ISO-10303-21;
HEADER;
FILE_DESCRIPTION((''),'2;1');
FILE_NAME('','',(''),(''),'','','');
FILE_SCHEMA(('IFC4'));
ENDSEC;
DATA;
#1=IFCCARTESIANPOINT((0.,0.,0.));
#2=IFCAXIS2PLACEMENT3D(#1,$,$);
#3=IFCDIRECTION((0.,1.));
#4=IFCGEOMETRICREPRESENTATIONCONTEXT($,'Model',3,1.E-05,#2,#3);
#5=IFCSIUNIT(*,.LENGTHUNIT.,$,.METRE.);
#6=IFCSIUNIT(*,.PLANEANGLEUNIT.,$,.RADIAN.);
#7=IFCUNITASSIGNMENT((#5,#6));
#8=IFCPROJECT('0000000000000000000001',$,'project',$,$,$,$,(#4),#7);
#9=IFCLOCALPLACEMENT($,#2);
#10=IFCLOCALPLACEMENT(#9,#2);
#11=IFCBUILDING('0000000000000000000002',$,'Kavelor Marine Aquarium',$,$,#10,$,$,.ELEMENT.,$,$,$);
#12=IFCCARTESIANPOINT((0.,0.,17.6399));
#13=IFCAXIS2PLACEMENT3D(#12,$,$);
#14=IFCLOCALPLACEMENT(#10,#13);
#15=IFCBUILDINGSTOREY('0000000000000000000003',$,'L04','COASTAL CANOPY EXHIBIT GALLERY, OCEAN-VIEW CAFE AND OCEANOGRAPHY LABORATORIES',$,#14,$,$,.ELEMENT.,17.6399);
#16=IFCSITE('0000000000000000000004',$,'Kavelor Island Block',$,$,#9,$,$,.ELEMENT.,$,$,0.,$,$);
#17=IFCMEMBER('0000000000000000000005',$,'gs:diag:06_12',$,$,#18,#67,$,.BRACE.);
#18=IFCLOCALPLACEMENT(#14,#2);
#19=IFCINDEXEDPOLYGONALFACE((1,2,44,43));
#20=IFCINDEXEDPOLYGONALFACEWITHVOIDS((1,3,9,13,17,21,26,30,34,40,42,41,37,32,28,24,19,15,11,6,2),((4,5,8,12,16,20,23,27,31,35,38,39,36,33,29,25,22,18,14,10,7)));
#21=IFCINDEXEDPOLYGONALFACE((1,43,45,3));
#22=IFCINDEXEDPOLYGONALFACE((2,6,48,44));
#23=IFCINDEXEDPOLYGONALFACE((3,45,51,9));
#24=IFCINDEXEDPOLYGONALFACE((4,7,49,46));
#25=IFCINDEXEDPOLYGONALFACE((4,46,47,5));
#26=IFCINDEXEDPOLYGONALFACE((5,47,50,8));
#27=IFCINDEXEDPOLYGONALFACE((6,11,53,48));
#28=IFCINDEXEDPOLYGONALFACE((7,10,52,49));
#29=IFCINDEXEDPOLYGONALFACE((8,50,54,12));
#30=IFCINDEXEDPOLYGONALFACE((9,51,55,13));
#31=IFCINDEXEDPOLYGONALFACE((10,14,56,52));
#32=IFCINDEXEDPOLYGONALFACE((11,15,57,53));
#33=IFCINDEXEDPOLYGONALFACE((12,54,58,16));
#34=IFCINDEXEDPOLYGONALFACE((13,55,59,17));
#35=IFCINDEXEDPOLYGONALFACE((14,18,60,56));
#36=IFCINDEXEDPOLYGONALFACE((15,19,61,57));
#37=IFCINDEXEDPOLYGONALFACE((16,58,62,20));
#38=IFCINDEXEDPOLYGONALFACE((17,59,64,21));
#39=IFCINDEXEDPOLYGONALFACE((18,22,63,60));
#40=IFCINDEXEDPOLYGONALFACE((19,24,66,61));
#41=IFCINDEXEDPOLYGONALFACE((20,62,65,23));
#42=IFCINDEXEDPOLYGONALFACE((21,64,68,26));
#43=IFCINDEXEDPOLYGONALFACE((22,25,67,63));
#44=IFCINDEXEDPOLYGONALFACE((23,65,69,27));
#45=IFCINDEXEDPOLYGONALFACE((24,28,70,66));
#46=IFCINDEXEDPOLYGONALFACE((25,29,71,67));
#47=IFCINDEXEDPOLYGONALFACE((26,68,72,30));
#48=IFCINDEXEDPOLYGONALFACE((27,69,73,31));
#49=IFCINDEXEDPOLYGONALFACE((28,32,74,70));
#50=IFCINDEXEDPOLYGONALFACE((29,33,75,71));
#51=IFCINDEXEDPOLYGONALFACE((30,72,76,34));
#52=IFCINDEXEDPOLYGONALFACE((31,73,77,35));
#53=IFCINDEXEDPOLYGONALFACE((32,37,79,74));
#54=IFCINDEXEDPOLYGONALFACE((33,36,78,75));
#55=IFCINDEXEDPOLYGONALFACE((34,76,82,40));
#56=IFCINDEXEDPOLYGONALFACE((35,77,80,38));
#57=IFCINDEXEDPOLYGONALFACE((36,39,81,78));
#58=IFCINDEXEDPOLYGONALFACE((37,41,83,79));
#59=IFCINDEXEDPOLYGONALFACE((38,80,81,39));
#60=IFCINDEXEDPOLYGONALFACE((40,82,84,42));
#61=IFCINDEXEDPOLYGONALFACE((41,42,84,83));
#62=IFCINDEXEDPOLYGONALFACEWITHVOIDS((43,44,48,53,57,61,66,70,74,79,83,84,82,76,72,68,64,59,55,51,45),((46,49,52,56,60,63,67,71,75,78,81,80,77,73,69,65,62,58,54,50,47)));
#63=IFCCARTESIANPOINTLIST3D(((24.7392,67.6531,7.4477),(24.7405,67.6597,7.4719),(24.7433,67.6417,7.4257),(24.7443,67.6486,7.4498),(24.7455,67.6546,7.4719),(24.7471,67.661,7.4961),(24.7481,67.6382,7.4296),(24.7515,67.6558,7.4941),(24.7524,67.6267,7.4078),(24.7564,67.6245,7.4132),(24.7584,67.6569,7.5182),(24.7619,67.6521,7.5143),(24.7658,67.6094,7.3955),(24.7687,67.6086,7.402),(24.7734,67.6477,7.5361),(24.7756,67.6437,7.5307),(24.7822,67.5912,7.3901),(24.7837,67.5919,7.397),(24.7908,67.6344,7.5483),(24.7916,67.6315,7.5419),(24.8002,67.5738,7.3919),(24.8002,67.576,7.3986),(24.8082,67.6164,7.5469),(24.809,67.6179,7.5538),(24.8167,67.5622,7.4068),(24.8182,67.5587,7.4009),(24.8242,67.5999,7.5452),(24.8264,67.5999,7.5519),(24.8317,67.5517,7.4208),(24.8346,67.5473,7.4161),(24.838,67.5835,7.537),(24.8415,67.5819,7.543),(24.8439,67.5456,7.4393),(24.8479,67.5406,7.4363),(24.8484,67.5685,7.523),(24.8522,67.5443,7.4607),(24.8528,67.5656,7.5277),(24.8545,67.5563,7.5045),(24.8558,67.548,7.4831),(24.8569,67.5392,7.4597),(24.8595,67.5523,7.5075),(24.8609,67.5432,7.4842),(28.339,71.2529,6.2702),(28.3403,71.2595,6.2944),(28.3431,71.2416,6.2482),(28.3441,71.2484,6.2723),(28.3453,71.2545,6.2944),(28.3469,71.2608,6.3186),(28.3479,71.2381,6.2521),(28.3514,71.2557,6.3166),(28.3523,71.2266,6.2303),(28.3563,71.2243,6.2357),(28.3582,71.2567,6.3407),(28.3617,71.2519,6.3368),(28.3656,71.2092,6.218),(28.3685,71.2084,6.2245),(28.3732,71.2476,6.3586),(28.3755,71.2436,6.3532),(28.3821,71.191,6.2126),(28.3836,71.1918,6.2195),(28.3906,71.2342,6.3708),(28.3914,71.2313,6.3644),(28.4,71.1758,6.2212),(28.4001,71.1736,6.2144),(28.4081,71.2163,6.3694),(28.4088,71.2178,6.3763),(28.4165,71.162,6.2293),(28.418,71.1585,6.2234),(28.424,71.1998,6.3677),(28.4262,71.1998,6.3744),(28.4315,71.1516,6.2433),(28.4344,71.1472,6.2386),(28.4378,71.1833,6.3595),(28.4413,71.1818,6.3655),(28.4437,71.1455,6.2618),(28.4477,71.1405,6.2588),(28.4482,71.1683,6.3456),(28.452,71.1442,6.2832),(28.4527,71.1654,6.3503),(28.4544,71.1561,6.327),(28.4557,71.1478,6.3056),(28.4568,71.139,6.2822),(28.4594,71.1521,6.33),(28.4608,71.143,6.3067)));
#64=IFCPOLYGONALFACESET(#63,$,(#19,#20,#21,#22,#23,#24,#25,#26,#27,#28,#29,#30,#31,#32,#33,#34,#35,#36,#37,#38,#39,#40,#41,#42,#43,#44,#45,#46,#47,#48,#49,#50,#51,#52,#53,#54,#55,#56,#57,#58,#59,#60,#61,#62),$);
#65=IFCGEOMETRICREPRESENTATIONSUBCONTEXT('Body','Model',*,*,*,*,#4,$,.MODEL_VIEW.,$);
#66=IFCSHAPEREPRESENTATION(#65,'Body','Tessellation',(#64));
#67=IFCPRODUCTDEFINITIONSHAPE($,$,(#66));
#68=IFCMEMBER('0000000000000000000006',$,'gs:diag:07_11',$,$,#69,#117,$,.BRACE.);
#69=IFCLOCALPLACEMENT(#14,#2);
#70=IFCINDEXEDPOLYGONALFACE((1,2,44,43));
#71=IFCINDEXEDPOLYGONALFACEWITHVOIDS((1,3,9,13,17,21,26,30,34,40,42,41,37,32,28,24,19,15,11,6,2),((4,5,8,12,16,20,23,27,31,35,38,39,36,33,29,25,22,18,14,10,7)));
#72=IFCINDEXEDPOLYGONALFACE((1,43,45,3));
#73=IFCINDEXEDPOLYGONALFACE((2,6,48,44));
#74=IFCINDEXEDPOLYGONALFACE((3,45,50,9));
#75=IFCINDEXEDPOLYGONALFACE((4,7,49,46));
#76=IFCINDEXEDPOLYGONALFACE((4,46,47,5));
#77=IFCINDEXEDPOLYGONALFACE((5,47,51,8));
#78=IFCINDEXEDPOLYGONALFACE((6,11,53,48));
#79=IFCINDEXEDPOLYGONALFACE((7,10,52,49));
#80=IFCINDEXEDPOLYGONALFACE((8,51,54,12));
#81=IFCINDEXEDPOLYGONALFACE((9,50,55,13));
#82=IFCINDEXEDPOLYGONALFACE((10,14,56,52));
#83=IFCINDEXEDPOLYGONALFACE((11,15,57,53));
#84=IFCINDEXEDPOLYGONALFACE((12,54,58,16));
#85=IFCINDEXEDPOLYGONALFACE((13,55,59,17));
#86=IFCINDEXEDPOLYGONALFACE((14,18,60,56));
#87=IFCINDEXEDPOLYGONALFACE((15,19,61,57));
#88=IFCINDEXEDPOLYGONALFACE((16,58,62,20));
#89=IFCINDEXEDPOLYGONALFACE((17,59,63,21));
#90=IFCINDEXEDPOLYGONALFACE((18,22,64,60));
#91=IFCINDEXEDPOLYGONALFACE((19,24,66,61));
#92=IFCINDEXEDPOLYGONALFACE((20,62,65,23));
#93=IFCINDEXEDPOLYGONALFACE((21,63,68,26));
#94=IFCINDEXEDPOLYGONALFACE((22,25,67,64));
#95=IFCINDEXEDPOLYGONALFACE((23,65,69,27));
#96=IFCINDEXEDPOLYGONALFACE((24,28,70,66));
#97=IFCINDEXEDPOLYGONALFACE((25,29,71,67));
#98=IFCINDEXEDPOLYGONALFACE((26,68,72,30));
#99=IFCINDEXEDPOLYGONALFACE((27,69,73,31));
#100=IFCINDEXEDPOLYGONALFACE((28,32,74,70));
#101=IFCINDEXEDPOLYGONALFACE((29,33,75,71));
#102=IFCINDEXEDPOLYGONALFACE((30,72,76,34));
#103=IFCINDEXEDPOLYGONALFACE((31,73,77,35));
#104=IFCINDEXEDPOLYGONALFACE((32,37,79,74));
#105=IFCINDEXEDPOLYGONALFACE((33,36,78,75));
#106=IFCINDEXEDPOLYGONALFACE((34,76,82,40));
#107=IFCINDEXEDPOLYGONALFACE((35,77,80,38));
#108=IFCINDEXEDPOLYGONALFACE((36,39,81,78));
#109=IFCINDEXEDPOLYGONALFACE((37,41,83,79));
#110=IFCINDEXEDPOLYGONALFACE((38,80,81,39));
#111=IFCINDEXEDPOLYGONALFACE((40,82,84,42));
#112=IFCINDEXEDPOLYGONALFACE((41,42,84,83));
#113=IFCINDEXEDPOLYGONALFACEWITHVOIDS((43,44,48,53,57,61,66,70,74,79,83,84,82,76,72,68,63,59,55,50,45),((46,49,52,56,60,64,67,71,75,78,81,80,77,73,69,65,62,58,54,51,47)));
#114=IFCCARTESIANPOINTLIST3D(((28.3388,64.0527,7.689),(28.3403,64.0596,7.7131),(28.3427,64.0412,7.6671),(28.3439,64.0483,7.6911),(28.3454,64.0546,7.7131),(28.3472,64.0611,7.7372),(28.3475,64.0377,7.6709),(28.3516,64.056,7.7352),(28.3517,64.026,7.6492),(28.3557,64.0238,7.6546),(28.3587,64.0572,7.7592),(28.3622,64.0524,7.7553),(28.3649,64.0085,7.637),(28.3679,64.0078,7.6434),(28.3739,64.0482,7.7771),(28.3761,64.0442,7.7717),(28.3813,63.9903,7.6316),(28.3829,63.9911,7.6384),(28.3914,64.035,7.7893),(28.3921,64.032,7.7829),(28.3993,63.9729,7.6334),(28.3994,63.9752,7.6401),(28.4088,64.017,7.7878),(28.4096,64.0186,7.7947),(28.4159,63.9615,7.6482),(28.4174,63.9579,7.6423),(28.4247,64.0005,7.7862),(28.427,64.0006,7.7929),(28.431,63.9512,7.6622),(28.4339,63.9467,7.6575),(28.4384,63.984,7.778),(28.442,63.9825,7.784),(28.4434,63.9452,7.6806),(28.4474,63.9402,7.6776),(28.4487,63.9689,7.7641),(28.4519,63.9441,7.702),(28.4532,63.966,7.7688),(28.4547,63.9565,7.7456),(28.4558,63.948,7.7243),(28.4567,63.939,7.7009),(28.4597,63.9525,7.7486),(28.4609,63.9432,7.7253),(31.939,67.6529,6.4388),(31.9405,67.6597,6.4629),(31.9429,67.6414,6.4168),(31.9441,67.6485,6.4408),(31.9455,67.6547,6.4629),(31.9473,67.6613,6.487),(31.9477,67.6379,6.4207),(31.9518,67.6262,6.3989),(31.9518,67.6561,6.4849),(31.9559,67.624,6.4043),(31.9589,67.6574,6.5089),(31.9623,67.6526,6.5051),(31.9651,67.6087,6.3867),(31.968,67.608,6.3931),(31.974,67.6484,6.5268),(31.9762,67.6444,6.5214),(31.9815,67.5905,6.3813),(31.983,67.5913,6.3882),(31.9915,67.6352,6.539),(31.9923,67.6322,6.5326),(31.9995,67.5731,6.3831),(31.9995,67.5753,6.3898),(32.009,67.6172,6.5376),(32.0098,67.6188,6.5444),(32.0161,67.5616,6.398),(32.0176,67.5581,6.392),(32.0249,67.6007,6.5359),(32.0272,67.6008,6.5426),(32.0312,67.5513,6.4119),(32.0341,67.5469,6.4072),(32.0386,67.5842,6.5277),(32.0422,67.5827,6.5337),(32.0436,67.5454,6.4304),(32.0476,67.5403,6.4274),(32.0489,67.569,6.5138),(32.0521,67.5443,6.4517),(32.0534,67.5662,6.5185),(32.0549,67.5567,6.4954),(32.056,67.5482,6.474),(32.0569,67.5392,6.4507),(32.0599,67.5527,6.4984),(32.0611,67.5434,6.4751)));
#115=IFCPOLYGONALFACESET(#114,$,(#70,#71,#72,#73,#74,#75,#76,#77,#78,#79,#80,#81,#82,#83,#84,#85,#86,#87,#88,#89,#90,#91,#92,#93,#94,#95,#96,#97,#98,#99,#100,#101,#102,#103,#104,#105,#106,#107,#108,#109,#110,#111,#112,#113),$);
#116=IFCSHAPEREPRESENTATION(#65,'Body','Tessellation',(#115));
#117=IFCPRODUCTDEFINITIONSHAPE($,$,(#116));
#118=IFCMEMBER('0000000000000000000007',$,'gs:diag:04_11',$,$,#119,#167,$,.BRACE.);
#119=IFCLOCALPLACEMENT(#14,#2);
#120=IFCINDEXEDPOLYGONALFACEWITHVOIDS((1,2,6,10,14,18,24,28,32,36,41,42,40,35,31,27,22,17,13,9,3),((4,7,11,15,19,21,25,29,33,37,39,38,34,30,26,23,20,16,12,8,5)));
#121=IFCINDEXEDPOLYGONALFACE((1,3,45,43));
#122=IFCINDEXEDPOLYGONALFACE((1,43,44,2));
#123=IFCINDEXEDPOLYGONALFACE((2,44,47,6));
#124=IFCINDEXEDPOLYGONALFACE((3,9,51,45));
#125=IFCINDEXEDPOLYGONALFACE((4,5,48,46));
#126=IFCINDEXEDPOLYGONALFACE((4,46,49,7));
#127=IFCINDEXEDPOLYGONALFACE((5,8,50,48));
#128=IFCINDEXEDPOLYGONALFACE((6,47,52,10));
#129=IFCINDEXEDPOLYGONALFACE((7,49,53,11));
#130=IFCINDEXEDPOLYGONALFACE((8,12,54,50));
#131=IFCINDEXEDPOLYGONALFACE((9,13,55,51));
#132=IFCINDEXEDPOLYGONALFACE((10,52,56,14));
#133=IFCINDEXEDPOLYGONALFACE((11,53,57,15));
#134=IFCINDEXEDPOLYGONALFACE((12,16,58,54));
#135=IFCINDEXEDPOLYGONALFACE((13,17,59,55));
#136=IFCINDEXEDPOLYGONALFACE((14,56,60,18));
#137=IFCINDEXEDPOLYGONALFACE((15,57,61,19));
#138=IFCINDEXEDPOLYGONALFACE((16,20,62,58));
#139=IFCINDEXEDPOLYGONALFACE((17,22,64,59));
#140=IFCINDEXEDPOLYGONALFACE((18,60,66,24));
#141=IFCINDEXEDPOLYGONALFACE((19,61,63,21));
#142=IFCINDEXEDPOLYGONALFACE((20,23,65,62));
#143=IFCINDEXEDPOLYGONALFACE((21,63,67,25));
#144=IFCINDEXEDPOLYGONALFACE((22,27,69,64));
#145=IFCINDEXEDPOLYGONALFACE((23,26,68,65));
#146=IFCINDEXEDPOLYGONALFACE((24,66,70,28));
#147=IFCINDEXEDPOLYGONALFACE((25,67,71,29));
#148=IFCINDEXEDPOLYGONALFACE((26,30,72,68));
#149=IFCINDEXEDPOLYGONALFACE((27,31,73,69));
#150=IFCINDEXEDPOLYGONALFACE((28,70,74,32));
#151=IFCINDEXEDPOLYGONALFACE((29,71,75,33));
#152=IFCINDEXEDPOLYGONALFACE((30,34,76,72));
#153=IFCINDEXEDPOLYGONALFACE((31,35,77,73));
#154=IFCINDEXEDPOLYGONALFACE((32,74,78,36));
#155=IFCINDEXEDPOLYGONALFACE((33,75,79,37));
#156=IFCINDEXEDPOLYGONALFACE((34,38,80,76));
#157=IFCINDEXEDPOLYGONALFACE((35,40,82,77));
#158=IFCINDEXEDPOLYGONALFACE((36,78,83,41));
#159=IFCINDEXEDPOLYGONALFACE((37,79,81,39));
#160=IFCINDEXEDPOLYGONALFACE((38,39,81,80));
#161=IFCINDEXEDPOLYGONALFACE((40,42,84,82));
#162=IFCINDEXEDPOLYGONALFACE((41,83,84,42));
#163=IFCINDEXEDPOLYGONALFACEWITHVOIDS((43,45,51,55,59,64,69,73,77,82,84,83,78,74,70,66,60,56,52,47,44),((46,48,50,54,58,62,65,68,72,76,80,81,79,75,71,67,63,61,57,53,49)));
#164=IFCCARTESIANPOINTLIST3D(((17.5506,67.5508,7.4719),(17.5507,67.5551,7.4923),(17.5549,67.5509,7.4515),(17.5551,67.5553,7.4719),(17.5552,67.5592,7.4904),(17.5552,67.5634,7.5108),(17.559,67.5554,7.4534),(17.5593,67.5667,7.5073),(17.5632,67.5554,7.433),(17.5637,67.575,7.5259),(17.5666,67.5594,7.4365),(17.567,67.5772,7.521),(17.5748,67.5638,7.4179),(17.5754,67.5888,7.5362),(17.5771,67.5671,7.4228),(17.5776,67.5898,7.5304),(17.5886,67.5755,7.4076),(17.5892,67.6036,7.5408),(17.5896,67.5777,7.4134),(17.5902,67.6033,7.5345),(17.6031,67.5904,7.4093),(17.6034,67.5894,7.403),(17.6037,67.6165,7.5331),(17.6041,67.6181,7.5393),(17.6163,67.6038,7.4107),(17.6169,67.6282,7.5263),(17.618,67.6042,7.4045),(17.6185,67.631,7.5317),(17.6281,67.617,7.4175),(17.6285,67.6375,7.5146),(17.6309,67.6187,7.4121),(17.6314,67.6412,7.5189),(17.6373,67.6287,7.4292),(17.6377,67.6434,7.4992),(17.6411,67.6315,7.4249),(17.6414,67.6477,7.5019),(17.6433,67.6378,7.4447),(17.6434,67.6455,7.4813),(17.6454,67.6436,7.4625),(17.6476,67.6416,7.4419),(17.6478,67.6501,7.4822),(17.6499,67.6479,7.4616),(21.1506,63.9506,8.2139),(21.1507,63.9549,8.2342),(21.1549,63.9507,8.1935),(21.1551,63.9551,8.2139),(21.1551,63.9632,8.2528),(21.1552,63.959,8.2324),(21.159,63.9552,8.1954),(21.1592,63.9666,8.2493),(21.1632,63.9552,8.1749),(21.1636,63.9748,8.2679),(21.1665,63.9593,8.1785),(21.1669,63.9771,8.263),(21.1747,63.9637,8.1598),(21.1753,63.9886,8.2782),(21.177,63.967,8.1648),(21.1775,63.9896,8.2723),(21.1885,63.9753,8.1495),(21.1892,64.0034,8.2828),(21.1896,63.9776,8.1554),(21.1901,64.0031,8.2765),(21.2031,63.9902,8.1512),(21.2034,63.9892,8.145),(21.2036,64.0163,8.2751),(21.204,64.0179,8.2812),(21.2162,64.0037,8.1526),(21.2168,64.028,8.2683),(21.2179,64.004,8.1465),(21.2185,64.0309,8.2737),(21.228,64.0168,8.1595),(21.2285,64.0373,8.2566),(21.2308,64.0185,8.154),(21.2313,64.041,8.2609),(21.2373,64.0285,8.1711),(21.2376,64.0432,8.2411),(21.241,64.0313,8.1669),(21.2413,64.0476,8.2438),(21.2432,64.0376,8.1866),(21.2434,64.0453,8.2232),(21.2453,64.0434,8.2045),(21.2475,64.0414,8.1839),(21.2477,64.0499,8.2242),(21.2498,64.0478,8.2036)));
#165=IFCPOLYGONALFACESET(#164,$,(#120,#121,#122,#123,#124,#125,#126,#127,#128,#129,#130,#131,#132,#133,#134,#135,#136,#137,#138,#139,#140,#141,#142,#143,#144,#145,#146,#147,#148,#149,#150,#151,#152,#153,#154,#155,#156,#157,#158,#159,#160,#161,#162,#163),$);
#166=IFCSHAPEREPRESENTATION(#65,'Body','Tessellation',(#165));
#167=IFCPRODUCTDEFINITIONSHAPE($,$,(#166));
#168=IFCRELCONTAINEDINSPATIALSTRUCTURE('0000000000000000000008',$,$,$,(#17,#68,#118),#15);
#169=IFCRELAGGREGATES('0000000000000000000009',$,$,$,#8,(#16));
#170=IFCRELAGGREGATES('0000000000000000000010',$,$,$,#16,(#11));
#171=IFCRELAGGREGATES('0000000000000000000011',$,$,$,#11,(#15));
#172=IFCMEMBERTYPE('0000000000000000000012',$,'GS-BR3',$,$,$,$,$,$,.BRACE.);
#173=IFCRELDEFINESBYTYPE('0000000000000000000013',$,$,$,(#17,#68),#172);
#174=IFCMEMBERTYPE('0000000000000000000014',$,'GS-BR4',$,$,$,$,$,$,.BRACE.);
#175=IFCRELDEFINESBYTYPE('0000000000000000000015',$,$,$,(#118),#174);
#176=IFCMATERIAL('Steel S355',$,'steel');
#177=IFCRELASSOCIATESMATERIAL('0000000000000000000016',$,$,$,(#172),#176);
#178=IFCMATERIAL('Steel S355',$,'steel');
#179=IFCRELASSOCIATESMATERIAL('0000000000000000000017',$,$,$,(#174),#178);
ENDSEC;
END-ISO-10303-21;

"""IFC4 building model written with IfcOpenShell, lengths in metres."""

from ifc_helpers import new_model, si_unit, direction, frame, origin, origin_2d, place, context, subcontext, project, spatial, hollow_circle, extrude, material, material_profile, profile_set, type_object, element, save


model = new_model("IFC4")

# Units and contexts
model_context = context("Model", 3, precision=1e-05, world=origin(), true_north=direction((0.0, 1.0)))
body_context = subcontext(model_context, "Body", "Model", "MODEL_VIEW")
ifc_project = project(units=[si_unit("LENGTHUNIT", "METRE"), si_unit("PLANEANGLEUNIT", "RADIAN")], contexts=[model_context])

# Site, building, storey
site_placement = place(None, origin())
site = spatial("IfcSite", under=ifc_project, at=site_placement, Name="Kavelor Island Block", CompositionType="ELEMENT", RefElevation=0.0)
building_placement = place(site_placement, origin())
building = spatial("IfcBuilding", under=site, at=building_placement, Name="Kavelor Marine Aquarium", CompositionType="ELEMENT")
storey_placement = place(building_placement, frame((0.0, 0.0, 17.6399)))
storey = spatial("IfcBuildingStorey", under=building, at=storey_placement, Name="L04", Description="COASTAL CANOPY EXHIBIT GALLERY, OCEAN-VIEW CAFE AND OCEANOGRAPHY LABORATORIES", CompositionType="ELEMENT", Elevation=17.6399)

# Members
ifc_material_1 = material(Name="Steel S355", Category="steel")
ifc_material_profile_1 = material_profile(ifc_material_1, hollow_circle(Radius=0.0842, WallThickness=0.0071, at=origin_2d()), Name="CHS 168.3x7.1")
ifc_profile_set_1 = profile_set([ifc_material_profile_1], Name="Steel S355")
member_type_1 = type_object("IfcMemberType", Name="GS-BR3", PredefinedType="BRACE", material=ifc_profile_set_1)
member_1_placement = place(storey_placement, frame((24.8, 67.6001, 7.4719), z_axis=(0.68892, 0.68892, -0.225342), x_axis=(-0.707107, 0.707107, 0.0)))
element("IfcMember", 1, at=member_1_placement, inside=storey, type_object=member_type_1, Name="gs:diag:06_12", PredefinedType="BRACE", context=body_context, shape_type="SweptSolid", body=[
    extrude(hollow_circle(Radius=0.0842, WallThickness=0.0071, at=origin_2d()), origin(), (0.0, 0.0, 1.0), 5.2253),
])
member_2_placement = place(storey_placement, frame((28.3999, 64.0, 7.7131), z_axis=(0.686705, 0.686705, -0.238479), x_axis=(-0.707107, 0.707107, 0.0)))
element("IfcMember", 2, at=member_2_placement, inside=storey, type_object=member_type_1, Name="gs:diag:07_11", PredefinedType="BRACE", context=body_context, shape_type="SweptSolid", body=[
    extrude(hollow_circle(Radius=0.0842, WallThickness=0.0071, at=origin_2d()), origin(), (0.0, 0.0, 1.0), 5.2427),
])
ifc_material_2 = material(Name="Steel S355", Category="steel")
ifc_material_profile_2 = material_profile(ifc_material_2, hollow_circle(Radius=0.0698, WallThickness=0.0063, at=origin_2d()), Name="CHS 139.7x6.3")
ifc_profile_set_2 = profile_set([ifc_material_profile_2], Name="Steel S355")
member_type_2 = type_object("IfcMemberType", Name="GS-BR4", PredefinedType="BRACE", material=ifc_profile_set_2)
member_3_placement = place(storey_placement, frame((21.2, 64.0, 8.2139), z_axis=(-0.699692, 0.699739, -0.144209), x_axis=(-0.707131, -0.707083, 0.0)))
element("IfcMember", 3, at=member_3_placement, inside=storey, type_object=member_type_2, Name="gs:diag:04_11", PredefinedType="BRACE", context=body_context, shape_type="SweptSolid", body=[
    extrude(hollow_circle(Radius=0.0698, WallThickness=0.0063, at=origin_2d()), origin(), (0.0, 0.0, 1.0), 5.145),
])

save(model, "model.ifc")
